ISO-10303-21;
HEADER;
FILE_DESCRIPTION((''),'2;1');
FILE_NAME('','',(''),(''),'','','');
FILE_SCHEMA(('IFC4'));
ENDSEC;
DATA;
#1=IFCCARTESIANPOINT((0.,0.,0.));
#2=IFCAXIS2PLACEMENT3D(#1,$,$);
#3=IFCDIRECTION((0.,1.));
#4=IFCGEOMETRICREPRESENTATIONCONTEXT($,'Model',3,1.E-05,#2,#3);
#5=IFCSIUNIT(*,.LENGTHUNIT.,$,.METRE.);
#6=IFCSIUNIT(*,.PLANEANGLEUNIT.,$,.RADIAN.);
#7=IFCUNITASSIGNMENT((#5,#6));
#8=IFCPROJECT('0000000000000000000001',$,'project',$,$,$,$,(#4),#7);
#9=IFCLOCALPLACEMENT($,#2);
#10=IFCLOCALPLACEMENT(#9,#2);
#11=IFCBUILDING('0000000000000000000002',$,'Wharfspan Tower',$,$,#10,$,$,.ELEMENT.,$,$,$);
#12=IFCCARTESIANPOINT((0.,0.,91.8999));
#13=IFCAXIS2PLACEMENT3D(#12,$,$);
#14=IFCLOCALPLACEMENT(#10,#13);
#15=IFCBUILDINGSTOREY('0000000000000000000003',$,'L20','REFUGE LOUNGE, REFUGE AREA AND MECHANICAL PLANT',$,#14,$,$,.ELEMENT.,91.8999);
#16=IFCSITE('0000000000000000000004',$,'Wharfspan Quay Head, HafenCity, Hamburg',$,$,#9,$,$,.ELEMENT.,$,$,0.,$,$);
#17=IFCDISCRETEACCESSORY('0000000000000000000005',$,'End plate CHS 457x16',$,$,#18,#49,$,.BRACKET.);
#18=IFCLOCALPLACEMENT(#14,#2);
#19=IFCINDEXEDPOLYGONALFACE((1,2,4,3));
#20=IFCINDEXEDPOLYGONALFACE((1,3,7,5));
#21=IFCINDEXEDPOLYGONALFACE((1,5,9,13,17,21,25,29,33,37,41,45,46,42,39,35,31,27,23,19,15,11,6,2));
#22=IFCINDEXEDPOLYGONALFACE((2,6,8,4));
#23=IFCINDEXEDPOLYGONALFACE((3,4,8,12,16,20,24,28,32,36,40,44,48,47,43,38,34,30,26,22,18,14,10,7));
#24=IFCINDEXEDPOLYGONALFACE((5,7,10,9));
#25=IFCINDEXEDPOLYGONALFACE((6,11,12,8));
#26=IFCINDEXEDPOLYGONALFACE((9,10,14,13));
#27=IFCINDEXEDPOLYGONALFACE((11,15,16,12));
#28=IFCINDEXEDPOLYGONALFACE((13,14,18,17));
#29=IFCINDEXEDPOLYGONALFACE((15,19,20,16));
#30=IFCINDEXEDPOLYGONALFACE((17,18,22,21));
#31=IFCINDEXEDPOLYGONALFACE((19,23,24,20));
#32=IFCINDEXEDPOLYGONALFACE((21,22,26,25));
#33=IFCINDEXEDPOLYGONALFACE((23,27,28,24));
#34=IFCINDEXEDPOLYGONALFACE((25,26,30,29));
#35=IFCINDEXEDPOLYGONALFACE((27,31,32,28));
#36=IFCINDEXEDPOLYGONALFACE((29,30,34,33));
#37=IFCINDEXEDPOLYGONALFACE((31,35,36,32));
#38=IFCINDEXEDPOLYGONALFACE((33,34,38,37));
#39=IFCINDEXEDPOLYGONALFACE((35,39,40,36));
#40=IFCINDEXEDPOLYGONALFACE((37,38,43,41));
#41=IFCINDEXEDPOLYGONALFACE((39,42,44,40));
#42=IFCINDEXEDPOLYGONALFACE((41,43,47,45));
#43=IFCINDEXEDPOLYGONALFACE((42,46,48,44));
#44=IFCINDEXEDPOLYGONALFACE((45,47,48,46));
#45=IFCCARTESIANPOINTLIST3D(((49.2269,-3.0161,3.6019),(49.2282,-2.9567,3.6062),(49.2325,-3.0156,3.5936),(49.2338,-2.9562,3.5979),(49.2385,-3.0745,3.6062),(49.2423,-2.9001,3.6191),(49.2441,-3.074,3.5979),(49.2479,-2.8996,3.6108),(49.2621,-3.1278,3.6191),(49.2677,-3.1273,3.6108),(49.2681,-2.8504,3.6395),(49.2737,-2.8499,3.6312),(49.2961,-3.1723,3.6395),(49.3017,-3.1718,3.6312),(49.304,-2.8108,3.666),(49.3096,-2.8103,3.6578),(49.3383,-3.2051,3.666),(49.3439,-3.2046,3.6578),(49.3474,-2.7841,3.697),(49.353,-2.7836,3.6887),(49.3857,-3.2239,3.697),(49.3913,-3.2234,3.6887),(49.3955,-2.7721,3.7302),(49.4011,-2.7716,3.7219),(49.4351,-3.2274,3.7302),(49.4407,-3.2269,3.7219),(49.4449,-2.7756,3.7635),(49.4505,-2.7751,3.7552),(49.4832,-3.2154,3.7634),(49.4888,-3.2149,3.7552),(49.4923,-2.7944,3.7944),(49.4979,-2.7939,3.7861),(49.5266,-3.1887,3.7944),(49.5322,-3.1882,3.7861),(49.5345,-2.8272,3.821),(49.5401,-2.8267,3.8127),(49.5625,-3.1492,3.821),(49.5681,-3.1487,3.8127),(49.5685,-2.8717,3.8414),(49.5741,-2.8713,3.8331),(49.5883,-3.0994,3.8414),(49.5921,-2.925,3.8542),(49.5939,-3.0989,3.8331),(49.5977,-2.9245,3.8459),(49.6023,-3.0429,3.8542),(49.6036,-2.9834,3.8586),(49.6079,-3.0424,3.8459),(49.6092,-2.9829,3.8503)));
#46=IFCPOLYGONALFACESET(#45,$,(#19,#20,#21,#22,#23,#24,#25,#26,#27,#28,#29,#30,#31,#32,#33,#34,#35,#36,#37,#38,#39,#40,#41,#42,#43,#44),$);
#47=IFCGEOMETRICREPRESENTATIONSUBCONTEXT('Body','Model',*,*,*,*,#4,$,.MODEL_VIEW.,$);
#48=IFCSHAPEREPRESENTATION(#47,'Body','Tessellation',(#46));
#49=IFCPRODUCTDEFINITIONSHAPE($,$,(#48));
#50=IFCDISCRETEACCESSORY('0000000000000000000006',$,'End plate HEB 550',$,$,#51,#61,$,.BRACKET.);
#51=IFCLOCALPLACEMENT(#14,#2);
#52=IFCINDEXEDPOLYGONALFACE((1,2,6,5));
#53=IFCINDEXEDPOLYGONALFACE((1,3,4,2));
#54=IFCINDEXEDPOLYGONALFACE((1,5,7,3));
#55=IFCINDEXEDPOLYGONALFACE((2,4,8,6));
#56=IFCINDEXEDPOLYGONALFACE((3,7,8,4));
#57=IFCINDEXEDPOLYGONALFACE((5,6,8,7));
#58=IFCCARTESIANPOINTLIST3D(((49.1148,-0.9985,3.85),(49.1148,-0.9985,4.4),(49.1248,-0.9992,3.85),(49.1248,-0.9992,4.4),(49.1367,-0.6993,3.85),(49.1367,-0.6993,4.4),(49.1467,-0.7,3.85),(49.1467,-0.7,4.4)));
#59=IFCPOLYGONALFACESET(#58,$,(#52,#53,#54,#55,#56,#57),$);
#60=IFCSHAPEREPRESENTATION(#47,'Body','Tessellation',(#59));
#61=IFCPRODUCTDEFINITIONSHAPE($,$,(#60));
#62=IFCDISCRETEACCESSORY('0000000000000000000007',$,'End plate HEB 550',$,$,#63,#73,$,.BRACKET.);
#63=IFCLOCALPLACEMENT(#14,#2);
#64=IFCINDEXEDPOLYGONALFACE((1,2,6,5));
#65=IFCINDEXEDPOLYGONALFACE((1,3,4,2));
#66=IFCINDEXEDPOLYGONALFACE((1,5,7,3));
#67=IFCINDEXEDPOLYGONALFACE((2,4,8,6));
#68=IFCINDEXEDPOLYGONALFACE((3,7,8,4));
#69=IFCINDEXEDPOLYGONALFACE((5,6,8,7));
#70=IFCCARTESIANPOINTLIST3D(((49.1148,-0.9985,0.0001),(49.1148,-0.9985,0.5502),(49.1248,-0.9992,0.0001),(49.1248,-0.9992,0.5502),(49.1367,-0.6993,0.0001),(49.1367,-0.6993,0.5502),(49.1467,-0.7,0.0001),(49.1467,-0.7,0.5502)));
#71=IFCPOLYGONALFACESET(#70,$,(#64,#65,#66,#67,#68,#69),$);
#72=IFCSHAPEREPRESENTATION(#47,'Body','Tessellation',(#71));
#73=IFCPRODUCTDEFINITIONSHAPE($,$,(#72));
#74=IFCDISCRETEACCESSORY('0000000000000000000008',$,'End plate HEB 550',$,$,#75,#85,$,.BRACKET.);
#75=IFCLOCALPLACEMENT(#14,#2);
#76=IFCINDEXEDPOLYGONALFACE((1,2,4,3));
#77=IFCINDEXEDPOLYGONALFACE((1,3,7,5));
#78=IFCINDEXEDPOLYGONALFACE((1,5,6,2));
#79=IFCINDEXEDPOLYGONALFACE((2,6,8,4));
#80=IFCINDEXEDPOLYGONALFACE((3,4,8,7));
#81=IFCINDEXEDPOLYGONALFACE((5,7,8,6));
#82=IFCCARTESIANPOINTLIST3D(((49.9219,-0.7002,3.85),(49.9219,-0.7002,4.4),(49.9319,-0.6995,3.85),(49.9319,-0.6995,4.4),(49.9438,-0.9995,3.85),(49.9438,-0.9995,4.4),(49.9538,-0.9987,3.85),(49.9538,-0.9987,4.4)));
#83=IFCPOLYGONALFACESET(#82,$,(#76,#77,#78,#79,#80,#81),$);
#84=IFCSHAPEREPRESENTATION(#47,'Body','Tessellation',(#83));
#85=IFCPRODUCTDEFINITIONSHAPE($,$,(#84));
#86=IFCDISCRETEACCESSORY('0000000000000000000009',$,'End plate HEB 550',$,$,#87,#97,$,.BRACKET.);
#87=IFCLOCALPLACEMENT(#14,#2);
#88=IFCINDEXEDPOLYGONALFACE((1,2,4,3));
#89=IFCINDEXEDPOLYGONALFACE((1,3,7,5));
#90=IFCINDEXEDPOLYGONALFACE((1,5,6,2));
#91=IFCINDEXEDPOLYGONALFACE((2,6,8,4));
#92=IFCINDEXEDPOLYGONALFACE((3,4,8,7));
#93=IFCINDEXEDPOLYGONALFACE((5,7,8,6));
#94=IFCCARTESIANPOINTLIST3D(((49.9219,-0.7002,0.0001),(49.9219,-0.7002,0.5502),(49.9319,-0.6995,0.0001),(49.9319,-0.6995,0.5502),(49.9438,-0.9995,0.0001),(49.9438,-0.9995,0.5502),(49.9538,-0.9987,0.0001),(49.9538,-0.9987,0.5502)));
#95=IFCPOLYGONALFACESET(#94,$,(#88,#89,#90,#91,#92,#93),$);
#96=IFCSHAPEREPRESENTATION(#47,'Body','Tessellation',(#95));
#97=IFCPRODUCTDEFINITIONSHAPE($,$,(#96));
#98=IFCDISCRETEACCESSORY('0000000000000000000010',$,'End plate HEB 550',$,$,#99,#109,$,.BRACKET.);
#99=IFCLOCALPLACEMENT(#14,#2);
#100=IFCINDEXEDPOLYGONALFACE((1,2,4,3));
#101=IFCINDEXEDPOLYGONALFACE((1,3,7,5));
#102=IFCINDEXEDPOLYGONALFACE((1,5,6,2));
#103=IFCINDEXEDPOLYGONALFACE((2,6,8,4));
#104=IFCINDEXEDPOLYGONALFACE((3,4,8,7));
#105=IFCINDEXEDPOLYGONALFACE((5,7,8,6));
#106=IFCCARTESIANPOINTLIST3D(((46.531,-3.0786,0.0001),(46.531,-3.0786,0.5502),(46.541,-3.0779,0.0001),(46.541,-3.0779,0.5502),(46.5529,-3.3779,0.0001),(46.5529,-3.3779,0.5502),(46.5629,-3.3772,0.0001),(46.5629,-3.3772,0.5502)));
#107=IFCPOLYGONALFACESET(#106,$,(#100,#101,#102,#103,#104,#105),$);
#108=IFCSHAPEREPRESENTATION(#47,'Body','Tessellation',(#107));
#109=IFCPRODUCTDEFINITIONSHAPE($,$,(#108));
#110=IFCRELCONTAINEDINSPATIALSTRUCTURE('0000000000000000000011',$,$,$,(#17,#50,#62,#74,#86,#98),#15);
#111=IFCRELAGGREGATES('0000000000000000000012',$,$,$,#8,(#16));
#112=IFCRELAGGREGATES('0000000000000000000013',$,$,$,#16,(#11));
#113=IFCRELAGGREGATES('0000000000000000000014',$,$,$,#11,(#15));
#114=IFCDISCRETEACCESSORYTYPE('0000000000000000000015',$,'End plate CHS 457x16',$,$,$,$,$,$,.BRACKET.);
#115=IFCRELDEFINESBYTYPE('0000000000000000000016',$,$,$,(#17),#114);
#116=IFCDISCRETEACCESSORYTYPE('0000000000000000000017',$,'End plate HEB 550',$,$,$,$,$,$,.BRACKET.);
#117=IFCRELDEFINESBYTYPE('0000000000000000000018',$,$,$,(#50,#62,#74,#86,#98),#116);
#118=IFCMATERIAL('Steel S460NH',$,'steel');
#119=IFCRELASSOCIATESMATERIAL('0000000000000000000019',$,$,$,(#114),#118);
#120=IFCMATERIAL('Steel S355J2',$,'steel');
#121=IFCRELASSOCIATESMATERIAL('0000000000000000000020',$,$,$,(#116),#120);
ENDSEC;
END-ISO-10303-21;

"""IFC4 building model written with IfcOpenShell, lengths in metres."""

from ifc_helpers import new_model, si_unit, direction, frame, origin, origin_2d, place, context, subcontext, project, spatial, rectangle, circle, extrude, material, material_profile, profile_set, type_object, element, save


model = new_model("IFC4")

# Units and contexts
model_context = context("Model", 3, precision=1e-05, world=origin(), true_north=direction((0.0, 1.0)))
body_context = subcontext(model_context, "Body", "Model", "MODEL_VIEW")
ifc_project = project(units=[si_unit("LENGTHUNIT", "METRE"), si_unit("PLANEANGLEUNIT", "RADIAN")], contexts=[model_context])

# Site, building, storey
site_placement = place(None, origin())
site = spatial("IfcSite", under=ifc_project, at=site_placement, Name="Wharfspan Quay Head, HafenCity, Hamburg", CompositionType="ELEMENT", RefElevation=0.0)
building_placement = place(site_placement, origin())
building = spatial("IfcBuilding", under=site, at=building_placement, Name="Wharfspan Tower", CompositionType="ELEMENT")
storey_placement = place(building_placement, frame((0.0, 0.0, 91.8999)))
storey = spatial("IfcBuildingStorey", under=building, at=storey_placement, Name="L20", Description="REFUGE LOUNGE, REFUGE AREA AND MECHANICAL PLANT", CompositionType="ELEMENT", Elevation=91.8999)

# Shared definitions
ifc_material_1 = material(Name="Steel S355J2", Category="steel")

# Shared definitions
ifc_material_2 = material(Name="Steel S460NH", Category="steel")

# Discrete accessories
ifc_material_profile_1 = material_profile(ifc_material_2, circle(Radius=0.2285, at=origin_2d()))
ifc_profile_set_1 = profile_set([ifc_material_profile_1], Name="Steel S460NH")
discrete_accessory_type_1 = type_object("IfcDiscreteAccessoryType", Name="End plate CHS 457x16", PredefinedType="BRACKET", material=ifc_profile_set_1)
for number, where, z_axis, x_axis, name in (
    (1, (49.4153, -2.9998, 3.7302), (0.559645, 0.048665, -0.827302), (-0.086627, 0.99624, 0.000002), "End plate CHS 457x16"),
):
    element("IfcDiscreteAccessory", number, at=place(storey_placement, frame(where, z_axis=z_axis, x_axis=x_axis)), inside=storey, type_object=discrete_accessory_type_1, Name=name, PredefinedType="BRACKET", context=body_context, shape_type="SweptSolid", body=[
        extrude(circle(Radius=0.2285, at=origin_2d()), origin(), (0.0, 0.0, 1.0), 0.01),
    ])
ifc_material_profile_2 = material_profile(ifc_material_1, rectangle(XDim=0.3, YDim=0.55, at=origin_2d()))
ifc_profile_set_2 = profile_set([ifc_material_profile_2], Name="Steel S355J2")
discrete_accessory_type_2 = type_object("IfcDiscreteAccessoryType", Name="End plate HEB 550", PredefinedType="BRACKET", material=ifc_profile_set_2)
for number, where, z_axis, x_axis, name in (
    (2, (49.1257, -0.8489, 4.125), (0.997334, -0.072976, 0.0), (0.072976, 0.997334, 0.0), "End plate HEB 550"),
    (3, (49.1257, -0.8489, 0.2751), (0.997334, -0.072976, 0.0), (0.072976, 0.997334, 0.0), "End plate HEB 550"),
    (4, (49.9329, -0.8499, 4.125), (0.997334, 0.072976, 0.0), (-0.072976, 0.997334, 0.0), "End plate HEB 550"),
    (5, (49.9329, -0.8499, 0.2751), (0.997334, 0.072976, 0.0), (-0.072976, 0.997334, 0.0), "End plate HEB 550"),
    (6, (46.542, -3.2283, 0.2751), (0.997334, 0.072976, 0.0), (-0.072976, 0.997334, 0.0), "End plate HEB 550"),
):
    element("IfcDiscreteAccessory", number, at=place(storey_placement, frame(where, z_axis=z_axis, x_axis=x_axis)), inside=storey, type_object=discrete_accessory_type_2, Name=name, PredefinedType="BRACKET", context=body_context, shape_type="SweptSolid", body=[
        extrude(rectangle(XDim=0.3, YDim=0.55, at=origin_2d()), origin(), (0.0, 0.0, 1.0), 0.01),
    ])

save(model, "model.ifc")
